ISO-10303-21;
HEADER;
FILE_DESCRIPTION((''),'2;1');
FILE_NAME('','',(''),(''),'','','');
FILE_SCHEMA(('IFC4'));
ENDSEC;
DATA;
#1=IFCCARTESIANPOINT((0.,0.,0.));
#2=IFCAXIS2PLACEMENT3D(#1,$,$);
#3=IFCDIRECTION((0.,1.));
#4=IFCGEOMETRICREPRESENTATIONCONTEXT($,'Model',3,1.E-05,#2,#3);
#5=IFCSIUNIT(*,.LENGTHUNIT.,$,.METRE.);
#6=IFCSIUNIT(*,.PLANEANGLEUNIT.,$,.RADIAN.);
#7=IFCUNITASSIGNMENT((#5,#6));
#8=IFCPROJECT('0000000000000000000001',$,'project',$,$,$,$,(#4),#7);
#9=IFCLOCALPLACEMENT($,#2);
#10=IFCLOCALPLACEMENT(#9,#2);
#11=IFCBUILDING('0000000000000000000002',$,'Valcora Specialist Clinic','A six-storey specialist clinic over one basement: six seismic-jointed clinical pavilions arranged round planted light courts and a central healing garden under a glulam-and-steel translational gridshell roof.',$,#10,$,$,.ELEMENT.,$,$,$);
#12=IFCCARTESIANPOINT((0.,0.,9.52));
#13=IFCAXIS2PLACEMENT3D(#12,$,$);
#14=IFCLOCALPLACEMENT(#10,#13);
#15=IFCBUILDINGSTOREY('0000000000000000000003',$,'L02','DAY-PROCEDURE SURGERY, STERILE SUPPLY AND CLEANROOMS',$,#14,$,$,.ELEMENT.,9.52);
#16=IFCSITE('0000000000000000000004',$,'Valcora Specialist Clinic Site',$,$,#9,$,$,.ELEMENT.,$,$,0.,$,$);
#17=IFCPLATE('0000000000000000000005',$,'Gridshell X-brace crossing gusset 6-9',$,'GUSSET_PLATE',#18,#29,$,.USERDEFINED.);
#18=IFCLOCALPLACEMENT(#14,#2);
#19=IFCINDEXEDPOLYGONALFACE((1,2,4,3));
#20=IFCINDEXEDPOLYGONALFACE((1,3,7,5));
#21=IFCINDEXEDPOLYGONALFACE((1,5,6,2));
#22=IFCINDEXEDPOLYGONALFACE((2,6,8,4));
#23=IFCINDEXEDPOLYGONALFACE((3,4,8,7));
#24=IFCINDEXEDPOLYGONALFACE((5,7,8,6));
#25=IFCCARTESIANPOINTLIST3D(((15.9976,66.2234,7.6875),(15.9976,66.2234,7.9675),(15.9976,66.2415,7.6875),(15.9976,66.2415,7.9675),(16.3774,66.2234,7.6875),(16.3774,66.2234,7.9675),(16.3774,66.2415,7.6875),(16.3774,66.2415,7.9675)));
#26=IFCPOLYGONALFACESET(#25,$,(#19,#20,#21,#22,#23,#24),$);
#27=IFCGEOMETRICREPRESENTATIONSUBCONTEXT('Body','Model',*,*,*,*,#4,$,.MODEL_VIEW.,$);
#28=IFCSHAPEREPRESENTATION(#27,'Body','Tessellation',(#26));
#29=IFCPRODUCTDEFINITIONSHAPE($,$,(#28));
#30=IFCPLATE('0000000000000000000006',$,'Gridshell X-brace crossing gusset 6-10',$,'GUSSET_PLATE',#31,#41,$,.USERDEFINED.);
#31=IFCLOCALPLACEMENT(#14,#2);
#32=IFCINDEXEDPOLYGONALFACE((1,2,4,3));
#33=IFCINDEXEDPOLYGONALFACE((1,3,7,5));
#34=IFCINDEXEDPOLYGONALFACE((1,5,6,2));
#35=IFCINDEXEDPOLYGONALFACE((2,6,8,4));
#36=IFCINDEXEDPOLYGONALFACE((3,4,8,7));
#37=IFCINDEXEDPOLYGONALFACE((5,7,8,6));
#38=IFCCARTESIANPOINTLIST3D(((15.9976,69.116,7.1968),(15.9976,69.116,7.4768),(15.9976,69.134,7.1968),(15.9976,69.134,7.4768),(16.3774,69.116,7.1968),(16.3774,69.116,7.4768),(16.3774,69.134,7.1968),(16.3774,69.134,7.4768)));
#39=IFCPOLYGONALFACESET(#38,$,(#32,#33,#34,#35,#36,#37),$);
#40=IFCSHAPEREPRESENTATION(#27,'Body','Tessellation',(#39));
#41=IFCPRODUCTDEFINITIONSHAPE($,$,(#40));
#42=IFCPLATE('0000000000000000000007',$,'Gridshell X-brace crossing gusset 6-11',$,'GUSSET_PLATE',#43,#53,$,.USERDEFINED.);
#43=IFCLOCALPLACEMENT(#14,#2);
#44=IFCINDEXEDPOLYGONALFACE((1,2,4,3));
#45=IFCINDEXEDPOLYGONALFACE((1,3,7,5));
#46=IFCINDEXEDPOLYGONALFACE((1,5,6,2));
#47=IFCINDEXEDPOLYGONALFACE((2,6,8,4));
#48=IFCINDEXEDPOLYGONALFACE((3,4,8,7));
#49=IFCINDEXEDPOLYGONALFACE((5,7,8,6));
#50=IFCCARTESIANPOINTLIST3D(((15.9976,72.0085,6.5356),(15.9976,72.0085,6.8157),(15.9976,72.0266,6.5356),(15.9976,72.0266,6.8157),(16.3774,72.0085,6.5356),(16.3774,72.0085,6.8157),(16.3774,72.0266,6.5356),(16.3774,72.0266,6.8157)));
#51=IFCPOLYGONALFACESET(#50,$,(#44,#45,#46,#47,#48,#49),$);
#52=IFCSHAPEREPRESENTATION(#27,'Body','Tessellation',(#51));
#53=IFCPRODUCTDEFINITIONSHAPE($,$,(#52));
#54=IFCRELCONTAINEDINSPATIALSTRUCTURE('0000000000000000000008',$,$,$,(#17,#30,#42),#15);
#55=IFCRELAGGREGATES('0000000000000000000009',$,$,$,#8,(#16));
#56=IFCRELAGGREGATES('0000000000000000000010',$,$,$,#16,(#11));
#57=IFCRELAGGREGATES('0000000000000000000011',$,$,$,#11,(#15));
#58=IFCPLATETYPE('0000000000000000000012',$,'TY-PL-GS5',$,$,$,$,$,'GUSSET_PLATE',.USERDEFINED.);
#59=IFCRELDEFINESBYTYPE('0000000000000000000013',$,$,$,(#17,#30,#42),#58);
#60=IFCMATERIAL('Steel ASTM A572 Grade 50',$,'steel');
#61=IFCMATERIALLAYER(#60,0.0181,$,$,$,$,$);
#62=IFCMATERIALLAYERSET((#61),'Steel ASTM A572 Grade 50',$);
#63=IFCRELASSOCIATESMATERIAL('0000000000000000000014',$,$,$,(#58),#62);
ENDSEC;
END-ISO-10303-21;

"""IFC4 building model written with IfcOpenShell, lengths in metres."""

from ifc_helpers import new_model, si_unit, direction, frame, origin, origin_2d, place, context, subcontext, project, spatial, rectangle, extrude, material, layer, layer_set, type_object, element, save


model = new_model("IFC4")

# Units and contexts
model_context = context("Model", 3, precision=1e-05, world=origin(), true_north=direction((0.0, 1.0)))
body_context = subcontext(model_context, "Body", "Model", "MODEL_VIEW")
ifc_project = project(units=[si_unit("LENGTHUNIT", "METRE"), si_unit("PLANEANGLEUNIT", "RADIAN")], contexts=[model_context])

# Site, building, storey
site_placement = place(None, origin())
site = spatial("IfcSite", under=ifc_project, at=site_placement, Name="Valcora Specialist Clinic Site", CompositionType="ELEMENT", RefElevation=0.0)
building_placement = place(site_placement, origin())
building = spatial("IfcBuilding", under=site, at=building_placement, Name="Valcora Specialist Clinic", Description="A six-storey specialist clinic over one basement: six seismic-jointed clinical pavilions arranged round planted light courts and a central healing garden under a glulam-and-steel translational gridshell roof.", CompositionType="ELEMENT")
storey_placement = place(building_placement, frame((0.0, 0.0, 9.52)))
storey = spatial("IfcBuildingStorey", under=building, at=storey_placement, Name="L02", Description="DAY-PROCEDURE SURGERY, STERILE SUPPLY AND CLEANROOMS", CompositionType="ELEMENT", Elevation=9.52)

# Plates
ifc_material_1 = material(Name="Steel ASTM A572 Grade 50", Category="steel")
ifc_layer_1 = layer(ifc_material_1, 0.0181)
ifc_layer_set_1 = layer_set([ifc_layer_1], Name="Steel ASTM A572 Grade 50")
plate_type_1 = type_object("IfcPlateType", Name="TY-PL-GS5", ElementType="GUSSET_PLATE", PredefinedType="USERDEFINED", material=ifc_layer_set_1)
for number, where, z_axis, x_axis, name in (
    (1, (16.1875, 66.2324, 7.6875), (0.0, 0.0, 1.0), (1.0, 0.0, 0.0), "Gridshell X-brace crossing gusset 6-9"),
    (2, (16.1875, 69.125, 7.1968), (0.0, 0.0, 1.0), (1.0, 0.0, 0.0), "Gridshell X-brace crossing gusset 6-10"),
    (3, (16.1875, 72.0176, 6.5356), (0.0, 0.0, 1.0), (1.0, 0.0, 0.0), "Gridshell X-brace crossing gusset 6-11"),
):
    element("IfcPlate", number, at=place(storey_placement, frame(where, z_axis=z_axis, x_axis=x_axis)), inside=storey, type_object=plate_type_1, Name=name, ObjectType="GUSSET_PLATE", PredefinedType="USERDEFINED", context=body_context, shape_type="SweptSolid", body=[
        extrude(rectangle(XDim=0.3799, YDim=0.0181, at=origin_2d()), origin(), (0.0, 0.0, 1.0), 0.28),
    ])

save(model, "model.ifc")
